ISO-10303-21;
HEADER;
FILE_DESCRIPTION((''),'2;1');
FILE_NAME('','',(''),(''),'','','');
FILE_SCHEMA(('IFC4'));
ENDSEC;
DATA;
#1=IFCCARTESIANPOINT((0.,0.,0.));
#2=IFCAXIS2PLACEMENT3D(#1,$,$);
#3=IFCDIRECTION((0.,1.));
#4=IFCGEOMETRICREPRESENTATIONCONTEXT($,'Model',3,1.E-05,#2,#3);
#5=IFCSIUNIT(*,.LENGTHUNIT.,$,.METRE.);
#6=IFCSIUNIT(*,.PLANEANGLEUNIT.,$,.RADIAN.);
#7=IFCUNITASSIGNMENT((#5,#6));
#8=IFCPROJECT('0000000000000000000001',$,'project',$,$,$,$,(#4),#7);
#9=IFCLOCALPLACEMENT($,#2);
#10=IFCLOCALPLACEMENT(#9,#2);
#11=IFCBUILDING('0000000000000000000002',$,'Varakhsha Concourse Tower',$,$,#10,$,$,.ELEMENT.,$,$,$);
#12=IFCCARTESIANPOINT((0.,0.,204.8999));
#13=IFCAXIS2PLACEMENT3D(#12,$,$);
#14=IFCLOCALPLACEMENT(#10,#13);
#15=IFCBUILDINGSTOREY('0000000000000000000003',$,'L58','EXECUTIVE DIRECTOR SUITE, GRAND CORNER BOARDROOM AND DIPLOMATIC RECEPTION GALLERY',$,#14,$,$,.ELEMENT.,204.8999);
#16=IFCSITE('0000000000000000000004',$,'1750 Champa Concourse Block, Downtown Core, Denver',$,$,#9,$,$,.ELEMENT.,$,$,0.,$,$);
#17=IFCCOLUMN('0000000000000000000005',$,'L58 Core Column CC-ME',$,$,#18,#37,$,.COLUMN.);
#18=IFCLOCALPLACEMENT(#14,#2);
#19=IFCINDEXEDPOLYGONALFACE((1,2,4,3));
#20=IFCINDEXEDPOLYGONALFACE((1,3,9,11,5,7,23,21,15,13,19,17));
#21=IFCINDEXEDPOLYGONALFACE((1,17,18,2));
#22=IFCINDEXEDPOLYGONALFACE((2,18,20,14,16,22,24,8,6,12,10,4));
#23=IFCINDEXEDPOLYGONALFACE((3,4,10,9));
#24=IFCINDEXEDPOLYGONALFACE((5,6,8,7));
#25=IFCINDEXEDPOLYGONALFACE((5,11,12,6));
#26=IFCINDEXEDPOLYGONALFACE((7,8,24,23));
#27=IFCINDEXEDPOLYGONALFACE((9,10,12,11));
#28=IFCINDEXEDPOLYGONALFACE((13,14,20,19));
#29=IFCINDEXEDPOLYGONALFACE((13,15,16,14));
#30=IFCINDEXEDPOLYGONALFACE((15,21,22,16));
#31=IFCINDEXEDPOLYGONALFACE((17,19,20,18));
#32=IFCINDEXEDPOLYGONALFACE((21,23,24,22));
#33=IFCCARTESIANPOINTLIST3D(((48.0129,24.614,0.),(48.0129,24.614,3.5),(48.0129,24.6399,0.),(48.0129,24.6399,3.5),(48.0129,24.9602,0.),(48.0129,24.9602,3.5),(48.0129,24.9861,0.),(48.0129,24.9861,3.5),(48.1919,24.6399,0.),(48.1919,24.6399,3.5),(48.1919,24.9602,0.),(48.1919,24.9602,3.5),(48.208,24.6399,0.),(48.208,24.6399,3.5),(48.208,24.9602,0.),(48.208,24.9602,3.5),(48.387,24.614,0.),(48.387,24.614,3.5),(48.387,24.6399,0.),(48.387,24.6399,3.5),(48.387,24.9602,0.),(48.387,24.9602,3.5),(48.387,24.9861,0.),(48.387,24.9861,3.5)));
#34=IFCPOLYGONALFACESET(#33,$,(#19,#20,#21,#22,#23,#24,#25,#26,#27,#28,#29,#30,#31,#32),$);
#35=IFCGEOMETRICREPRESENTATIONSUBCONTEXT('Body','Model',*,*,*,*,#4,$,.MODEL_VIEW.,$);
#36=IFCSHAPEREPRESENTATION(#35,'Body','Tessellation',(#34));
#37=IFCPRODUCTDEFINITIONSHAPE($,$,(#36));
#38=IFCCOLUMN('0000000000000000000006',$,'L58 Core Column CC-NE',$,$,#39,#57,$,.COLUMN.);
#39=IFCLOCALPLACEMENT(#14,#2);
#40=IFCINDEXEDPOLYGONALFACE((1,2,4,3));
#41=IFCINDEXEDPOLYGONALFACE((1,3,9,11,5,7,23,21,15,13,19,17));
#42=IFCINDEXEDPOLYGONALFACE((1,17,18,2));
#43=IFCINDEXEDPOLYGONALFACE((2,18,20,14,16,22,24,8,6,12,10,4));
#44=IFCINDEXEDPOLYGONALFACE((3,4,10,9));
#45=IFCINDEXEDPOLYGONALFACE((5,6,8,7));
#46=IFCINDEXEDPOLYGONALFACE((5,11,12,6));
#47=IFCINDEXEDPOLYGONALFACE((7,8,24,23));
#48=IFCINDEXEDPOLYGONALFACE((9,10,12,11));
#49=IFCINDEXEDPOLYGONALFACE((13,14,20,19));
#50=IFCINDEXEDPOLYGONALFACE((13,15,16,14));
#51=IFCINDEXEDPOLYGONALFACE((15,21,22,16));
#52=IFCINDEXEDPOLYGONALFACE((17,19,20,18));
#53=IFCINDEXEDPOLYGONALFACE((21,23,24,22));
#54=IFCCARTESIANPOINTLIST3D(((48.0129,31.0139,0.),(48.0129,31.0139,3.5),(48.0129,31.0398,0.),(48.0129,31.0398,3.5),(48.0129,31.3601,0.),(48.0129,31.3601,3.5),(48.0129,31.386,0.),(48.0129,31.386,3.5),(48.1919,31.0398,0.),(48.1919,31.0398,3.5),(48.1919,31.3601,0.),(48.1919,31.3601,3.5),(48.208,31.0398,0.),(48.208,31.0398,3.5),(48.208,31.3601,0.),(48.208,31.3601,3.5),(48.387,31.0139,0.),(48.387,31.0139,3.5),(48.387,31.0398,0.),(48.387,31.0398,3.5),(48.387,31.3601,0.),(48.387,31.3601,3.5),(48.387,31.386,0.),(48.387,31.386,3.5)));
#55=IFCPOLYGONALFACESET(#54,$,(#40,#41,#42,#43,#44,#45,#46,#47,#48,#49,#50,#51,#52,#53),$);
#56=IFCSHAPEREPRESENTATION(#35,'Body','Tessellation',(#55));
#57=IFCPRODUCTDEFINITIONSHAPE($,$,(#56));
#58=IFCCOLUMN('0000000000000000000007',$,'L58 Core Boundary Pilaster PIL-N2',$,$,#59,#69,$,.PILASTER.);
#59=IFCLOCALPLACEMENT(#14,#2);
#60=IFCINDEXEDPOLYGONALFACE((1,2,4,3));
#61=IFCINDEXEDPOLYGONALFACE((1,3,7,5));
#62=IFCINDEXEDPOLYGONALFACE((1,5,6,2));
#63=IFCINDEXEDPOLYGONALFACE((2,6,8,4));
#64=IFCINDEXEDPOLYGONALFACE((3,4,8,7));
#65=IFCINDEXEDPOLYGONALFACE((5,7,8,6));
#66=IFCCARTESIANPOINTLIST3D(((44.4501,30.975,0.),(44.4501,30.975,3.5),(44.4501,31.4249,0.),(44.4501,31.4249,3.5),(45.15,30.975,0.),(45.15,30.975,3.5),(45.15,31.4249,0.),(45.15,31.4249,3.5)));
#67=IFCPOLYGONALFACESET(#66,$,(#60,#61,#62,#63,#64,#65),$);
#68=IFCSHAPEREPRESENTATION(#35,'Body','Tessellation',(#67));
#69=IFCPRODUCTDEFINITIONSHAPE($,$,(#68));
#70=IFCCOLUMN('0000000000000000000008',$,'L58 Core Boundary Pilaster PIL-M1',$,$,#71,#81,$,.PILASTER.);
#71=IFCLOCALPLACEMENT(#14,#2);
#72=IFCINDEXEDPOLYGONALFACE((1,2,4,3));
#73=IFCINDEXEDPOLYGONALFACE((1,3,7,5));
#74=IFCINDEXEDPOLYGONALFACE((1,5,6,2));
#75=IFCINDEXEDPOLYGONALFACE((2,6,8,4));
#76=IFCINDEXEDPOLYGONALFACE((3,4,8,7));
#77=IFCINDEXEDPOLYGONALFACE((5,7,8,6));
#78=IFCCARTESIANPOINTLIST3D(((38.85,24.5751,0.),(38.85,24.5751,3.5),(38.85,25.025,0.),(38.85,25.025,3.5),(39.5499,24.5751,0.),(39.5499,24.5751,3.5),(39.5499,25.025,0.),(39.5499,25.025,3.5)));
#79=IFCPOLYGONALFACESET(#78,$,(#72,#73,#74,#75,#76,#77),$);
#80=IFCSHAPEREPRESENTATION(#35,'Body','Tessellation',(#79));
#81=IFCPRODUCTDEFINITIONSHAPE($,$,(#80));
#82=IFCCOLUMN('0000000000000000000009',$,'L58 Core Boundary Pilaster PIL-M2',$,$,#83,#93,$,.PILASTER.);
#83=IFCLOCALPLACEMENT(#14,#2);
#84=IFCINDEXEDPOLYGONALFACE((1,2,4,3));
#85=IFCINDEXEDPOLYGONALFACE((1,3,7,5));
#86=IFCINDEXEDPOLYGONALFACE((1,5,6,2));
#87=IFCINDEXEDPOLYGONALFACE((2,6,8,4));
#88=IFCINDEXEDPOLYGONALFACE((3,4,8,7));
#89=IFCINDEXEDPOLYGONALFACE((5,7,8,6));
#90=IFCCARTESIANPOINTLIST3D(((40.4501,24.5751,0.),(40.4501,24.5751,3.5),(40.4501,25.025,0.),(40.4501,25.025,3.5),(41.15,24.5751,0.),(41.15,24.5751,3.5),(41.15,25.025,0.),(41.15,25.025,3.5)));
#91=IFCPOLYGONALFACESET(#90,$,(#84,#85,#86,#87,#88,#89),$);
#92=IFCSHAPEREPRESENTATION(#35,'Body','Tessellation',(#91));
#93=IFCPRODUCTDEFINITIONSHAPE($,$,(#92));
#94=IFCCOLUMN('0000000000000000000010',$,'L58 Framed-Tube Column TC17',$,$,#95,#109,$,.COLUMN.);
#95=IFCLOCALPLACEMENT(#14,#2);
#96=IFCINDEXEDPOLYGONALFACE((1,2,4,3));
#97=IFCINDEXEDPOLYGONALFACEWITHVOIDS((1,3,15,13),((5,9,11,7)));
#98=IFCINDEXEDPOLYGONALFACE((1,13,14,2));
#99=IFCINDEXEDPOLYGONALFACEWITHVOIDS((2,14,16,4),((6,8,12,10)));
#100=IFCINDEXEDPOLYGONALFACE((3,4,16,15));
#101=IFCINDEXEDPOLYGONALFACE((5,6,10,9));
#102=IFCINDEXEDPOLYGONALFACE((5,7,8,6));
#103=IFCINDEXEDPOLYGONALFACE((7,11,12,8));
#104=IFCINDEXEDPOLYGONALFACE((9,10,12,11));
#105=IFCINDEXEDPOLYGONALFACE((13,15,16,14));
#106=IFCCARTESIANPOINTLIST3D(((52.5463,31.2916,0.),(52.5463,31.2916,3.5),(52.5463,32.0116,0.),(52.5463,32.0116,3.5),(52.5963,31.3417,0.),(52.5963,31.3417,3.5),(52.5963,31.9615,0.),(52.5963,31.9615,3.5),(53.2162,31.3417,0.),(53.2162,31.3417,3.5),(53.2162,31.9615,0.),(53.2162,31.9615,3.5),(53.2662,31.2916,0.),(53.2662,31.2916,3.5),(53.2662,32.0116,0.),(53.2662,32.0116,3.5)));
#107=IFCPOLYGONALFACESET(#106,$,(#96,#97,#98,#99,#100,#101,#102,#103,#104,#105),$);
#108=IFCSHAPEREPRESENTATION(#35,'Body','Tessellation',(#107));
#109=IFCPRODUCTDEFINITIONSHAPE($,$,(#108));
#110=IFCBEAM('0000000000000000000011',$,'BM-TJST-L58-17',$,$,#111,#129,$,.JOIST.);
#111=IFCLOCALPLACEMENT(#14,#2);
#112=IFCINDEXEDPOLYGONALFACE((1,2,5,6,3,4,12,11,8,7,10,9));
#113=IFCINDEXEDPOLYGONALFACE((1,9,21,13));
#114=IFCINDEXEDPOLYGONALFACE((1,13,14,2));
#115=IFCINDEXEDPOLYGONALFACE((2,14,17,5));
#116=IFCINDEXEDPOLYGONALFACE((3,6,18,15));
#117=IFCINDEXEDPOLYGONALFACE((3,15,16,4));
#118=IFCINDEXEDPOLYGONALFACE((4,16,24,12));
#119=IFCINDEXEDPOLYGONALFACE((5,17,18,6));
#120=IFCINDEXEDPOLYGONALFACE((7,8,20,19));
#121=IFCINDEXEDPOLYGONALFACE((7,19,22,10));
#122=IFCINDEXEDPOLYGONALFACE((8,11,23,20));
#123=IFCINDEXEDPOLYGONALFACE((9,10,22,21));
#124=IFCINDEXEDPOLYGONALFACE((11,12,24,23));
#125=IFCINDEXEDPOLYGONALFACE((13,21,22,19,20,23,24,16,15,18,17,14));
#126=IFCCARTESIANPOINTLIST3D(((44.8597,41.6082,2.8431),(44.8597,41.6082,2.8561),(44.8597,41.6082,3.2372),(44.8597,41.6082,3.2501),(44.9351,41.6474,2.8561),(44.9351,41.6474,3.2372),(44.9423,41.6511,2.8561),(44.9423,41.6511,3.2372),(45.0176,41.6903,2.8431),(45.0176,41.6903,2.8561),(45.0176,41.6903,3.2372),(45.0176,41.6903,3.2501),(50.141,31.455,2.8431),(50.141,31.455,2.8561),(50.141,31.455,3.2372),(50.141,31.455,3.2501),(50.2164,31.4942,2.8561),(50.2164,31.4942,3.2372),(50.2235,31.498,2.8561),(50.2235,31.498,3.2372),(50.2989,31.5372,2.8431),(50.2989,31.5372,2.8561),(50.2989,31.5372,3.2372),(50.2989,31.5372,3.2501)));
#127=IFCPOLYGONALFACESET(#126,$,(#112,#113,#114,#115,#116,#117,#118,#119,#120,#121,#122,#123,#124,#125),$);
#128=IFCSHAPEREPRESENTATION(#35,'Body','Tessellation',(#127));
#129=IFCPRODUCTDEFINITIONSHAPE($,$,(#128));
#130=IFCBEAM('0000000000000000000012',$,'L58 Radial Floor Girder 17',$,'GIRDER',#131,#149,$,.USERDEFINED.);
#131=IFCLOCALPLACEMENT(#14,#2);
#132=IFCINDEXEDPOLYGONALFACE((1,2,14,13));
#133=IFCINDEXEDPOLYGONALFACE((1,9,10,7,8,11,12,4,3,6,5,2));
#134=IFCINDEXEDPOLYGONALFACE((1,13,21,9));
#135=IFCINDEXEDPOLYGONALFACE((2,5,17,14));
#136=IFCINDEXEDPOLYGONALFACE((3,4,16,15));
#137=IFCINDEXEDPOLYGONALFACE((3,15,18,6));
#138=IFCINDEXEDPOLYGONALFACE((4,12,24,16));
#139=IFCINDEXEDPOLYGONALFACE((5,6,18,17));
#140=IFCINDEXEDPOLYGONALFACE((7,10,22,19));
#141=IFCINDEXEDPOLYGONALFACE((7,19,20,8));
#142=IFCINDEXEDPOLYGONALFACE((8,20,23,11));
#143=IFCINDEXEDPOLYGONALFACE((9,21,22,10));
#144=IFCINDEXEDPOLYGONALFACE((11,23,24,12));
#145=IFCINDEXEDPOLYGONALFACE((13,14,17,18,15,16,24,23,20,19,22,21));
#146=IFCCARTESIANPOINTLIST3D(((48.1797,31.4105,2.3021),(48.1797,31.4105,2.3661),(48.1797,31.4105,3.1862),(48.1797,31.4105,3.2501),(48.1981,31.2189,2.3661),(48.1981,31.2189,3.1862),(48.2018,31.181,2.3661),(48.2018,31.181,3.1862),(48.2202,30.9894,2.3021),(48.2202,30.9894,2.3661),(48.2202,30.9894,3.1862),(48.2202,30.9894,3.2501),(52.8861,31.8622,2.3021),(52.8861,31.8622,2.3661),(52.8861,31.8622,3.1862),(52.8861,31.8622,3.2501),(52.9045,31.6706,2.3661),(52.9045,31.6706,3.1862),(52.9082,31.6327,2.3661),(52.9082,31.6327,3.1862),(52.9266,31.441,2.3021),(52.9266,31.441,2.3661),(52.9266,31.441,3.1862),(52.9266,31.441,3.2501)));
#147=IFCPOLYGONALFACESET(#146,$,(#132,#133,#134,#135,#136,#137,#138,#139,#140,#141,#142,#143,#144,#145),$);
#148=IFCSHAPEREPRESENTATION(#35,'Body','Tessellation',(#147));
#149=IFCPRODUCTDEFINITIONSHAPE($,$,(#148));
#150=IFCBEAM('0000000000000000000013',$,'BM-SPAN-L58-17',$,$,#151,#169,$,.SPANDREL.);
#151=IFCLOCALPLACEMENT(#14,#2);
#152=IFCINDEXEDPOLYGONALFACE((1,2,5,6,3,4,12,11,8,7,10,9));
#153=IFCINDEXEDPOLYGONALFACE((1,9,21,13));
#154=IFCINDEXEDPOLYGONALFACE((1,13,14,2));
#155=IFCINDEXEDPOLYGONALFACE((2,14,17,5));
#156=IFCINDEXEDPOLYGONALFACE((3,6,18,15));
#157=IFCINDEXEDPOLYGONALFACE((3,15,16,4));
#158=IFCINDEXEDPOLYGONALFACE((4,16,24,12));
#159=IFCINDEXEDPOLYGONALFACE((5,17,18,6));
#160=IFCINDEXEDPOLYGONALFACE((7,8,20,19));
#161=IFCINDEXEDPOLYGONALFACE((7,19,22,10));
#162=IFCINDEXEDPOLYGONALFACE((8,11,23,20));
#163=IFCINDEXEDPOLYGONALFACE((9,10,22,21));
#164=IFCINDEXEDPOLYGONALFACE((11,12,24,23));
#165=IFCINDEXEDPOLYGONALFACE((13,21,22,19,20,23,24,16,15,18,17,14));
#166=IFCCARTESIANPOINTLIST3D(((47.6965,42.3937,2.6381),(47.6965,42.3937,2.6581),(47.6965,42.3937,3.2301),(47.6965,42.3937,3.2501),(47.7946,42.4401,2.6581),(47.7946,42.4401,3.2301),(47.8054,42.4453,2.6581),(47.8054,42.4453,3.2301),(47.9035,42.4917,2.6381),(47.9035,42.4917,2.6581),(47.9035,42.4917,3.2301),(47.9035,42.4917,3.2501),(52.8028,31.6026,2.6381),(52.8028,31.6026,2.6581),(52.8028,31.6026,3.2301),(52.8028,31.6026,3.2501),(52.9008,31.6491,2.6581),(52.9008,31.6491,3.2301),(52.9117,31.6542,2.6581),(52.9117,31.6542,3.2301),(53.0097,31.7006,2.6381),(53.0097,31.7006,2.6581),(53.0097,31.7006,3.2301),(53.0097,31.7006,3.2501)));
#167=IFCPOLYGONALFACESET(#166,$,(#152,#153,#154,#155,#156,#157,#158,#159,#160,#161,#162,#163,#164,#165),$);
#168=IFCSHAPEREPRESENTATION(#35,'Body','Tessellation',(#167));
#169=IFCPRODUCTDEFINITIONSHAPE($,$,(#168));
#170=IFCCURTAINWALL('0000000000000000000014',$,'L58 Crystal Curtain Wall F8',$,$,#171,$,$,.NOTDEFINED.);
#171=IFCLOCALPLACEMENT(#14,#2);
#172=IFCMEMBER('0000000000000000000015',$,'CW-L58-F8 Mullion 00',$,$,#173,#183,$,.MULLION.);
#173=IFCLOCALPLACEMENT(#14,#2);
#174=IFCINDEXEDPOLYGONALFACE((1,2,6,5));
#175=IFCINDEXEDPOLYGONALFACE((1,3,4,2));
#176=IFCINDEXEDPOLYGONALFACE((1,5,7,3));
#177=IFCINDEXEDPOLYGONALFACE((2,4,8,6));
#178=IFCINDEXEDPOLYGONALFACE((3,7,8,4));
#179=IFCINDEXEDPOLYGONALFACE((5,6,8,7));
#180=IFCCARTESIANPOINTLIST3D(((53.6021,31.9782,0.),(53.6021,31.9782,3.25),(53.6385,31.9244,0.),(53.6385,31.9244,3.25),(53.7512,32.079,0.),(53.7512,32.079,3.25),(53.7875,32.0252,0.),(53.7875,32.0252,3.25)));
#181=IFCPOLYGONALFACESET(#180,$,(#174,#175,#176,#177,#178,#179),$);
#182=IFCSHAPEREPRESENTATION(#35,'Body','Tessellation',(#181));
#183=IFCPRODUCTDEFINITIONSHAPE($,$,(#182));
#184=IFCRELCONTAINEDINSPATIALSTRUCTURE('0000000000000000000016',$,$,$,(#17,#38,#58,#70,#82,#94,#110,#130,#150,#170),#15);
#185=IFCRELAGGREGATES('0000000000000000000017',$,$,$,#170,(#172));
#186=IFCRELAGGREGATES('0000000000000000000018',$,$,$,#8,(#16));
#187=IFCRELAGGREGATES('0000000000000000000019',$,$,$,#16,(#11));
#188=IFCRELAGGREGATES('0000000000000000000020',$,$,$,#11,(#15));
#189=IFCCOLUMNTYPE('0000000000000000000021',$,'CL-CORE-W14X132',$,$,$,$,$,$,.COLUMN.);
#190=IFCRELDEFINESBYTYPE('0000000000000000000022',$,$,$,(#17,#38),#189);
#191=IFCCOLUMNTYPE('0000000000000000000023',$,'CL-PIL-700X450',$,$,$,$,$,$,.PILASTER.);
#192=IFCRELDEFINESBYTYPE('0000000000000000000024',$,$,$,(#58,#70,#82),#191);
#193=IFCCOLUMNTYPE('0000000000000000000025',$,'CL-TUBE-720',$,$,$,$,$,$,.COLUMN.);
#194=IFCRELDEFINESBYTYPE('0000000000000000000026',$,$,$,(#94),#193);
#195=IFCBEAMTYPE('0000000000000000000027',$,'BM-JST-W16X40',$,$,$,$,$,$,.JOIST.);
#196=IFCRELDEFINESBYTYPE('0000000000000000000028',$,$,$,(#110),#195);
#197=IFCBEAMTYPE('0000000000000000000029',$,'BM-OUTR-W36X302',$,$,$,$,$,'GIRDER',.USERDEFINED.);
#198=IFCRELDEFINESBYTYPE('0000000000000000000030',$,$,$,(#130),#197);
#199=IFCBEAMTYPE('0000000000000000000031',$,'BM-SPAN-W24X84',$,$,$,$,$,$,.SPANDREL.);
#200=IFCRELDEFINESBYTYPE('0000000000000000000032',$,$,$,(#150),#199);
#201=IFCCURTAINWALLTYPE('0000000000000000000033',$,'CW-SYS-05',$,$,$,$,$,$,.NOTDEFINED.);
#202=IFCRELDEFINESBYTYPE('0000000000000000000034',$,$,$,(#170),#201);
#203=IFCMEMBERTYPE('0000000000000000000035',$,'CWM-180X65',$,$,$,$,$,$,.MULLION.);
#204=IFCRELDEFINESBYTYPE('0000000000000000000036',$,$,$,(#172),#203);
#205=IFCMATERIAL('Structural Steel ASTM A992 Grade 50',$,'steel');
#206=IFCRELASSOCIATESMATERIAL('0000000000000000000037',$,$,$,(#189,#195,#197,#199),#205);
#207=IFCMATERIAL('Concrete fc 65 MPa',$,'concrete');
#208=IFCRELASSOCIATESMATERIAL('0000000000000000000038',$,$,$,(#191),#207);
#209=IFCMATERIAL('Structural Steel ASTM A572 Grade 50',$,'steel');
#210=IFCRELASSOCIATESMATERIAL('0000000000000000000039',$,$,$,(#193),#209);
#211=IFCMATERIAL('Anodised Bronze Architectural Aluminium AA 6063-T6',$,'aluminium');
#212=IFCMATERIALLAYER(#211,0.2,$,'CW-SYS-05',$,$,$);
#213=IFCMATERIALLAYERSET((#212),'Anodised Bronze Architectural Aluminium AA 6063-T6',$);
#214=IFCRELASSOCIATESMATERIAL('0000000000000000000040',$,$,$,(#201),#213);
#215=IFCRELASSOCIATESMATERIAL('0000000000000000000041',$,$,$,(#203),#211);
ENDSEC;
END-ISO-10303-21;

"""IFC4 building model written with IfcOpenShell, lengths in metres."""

from ifc_helpers import new_model, si_unit, direction, frame, origin, origin_2d, place, context, subcontext, project, spatial, rectangle, hollow_rectangle, i_section, extrude, source, transform, mapped, material, layer, layer_set, material_profile, profile_set, type_object, type_shapes, element, aggregate, save


model = new_model("IFC4")

# Units and contexts
model_context = context("Model", 3, precision=1e-05, world=origin(), true_north=direction((0.0, 1.0)))
body_context = subcontext(model_context, "Body", "Model", "MODEL_VIEW")
ifc_project = project(units=[si_unit("LENGTHUNIT", "METRE"), si_unit("PLANEANGLEUNIT", "RADIAN")], contexts=[model_context])

# Site, building, storey
site_placement = place(None, origin())
site = spatial("IfcSite", under=ifc_project, at=site_placement, Name="1750 Champa Concourse Block, Downtown Core, Denver", CompositionType="ELEMENT", RefElevation=0.0)
building_placement = place(site_placement, origin())
building = spatial("IfcBuilding", under=site, at=building_placement, Name="Varakhsha Concourse Tower", CompositionType="ELEMENT")
storey_placement = place(building_placement, frame((0.0, 0.0, 204.8999)))
storey = spatial("IfcBuildingStorey", under=building, at=storey_placement, Name="L58", Description="EXECUTIVE DIRECTOR SUITE, GRAND CORNER BOARDROOM AND DIPLOMATIC RECEPTION GALLERY", CompositionType="ELEMENT", Elevation=204.8999)

# Columns
ifc_material_1 = material(Name="Structural Steel ASTM A992 Grade 50", Category="steel")
ifc_material_profile_1 = material_profile(ifc_material_1, i_section(OverallWidth=0.374, OverallDepth=0.3721, WebThickness=0.0161, FlangeThickness=0.0259, at=origin_2d()), Name="W14X132")
ifc_profile_set_1 = profile_set([ifc_material_profile_1], Name="Structural Steel ASTM A992 Grade 50")
column_type_1 = type_object("IfcColumnType", Name="CL-CORE-W14X132", PredefinedType="COLUMN", material=ifc_profile_set_1)
for number, where, z_axis, x_axis, name in (
    (1, (48.2, 24.8, 0.0), (0.0, 0.0, 1.0), (1.0, 0.0, 0.0), "L58 Core Column CC-ME"),
    (2, (48.2, 31.2, 0.0), (0.0, 0.0, 1.0), (1.0, 0.0, 0.0), "L58 Core Column CC-NE"),
):
    element("IfcColumn", number, at=place(storey_placement, frame(where, z_axis=z_axis, x_axis=x_axis)), inside=storey, type_object=column_type_1, Name=name, PredefinedType="COLUMN", context=body_context, shape_type="SweptSolid", body=[
        extrude(i_section(OverallWidth=0.374, OverallDepth=0.3721, WebThickness=0.0161, FlangeThickness=0.0259, at=origin_2d()), origin(), (0.0, 0.0, 1.0), 3.5),
    ])
ifc_material_2 = material(Name="Concrete fc 65 MPa", Category="concrete")
ifc_material_profile_2 = material_profile(ifc_material_2, rectangle(XDim=0.7, YDim=0.45, at=origin_2d()), Name="RC 700x450")
ifc_profile_set_2 = profile_set([ifc_material_profile_2], Name="Concrete fc 65 MPa")
column_type_2 = type_object("IfcColumnType", Name="CL-PIL-700X450", PredefinedType="PILASTER", material=ifc_profile_set_2)
for number, where, z_axis, x_axis, name in (
    (3, (44.8, 31.2, 0.0), (0.0, 0.0, 1.0), (1.0, 0.0, 0.0), "L58 Core Boundary Pilaster PIL-N2"),
    (4, (39.2, 24.8, 0.0), (0.0, 0.0, 1.0), (1.0, 0.0, 0.0), "L58 Core Boundary Pilaster PIL-M1"),
    (5, (40.8, 24.8, 0.0), (0.0, 0.0, 1.0), (1.0, 0.0, 0.0), "L58 Core Boundary Pilaster PIL-M2"),
):
    element("IfcColumn", number, at=place(storey_placement, frame(where, z_axis=z_axis, x_axis=x_axis)), inside=storey, type_object=column_type_2, Name=name, PredefinedType="PILASTER", context=body_context, shape_type="SweptSolid", body=[
        extrude(rectangle(XDim=0.7, YDim=0.45, at=origin_2d()), origin(), (0.0, 0.0, 1.0), 3.5),
    ])
ifc_material_3 = material(Name="Structural Steel ASTM A572 Grade 50", Category="steel")
ifc_material_profile_3 = material_profile(ifc_material_3, hollow_rectangle(XDim=0.72, YDim=0.72, WallThickness=0.05, at=origin_2d()), Name="BOX 720x720x50")
ifc_profile_set_3 = profile_set([ifc_material_profile_3], Name="Structural Steel ASTM A572 Grade 50")
column_type_3 = type_object("IfcColumnType", Name="CL-TUBE-720", PredefinedType="COLUMN", material=ifc_profile_set_3)
column_placement = place(storey_placement, frame((52.9062, 31.6516, 0.0), z_axis=(0.0, 0.0, 1.0), x_axis=(1.0, 0.0, 0.0)))
element("IfcColumn", 6, at=column_placement, inside=storey, type_object=column_type_3, Name="L58 Framed-Tube Column TC17", PredefinedType="COLUMN", context=body_context, shape_type="SweptSolid", body=[
    extrude(hollow_rectangle(XDim=0.72, YDim=0.72, WallThickness=0.05, at=origin_2d()), origin(), (0.0, 0.0, 1.0), 3.5),
])

# Beams
ifc_material_profile_4 = material_profile(ifc_material_1, i_section(OverallWidth=0.178, OverallDepth=0.407, WebThickness=0.0081, FlangeThickness=0.0129, at=origin_2d()), Name="W16X40")
ifc_profile_set_4 = profile_set([ifc_material_profile_4], Name="Structural Steel ASTM A992 Grade 50")
beam_type_1 = type_object("IfcBeamType", Name="BM-JST-W16X40", PredefinedType="JOIST", material=ifc_profile_set_4)
beam_1_placement = place(storey_placement, frame((50.22, 31.4961, 3.0466), z_axis=(-0.461466, 0.887158, 0.0), x_axis=(-0.887158, -0.461466, 0.0)))
element("IfcBeam", 7, at=beam_1_placement, inside=storey, type_object=beam_type_1, Name="BM-TJST-L58-17", PredefinedType="JOIST", context=body_context, shape_type="SweptSolid", body=[
    extrude(i_section(OverallWidth=0.178, OverallDepth=0.407, WebThickness=0.0081, FlangeThickness=0.0129, at=origin_2d()), origin(), (0.0, 0.0, 1.0), 11.4446),
])
ifc_material_profile_5 = material_profile(ifc_material_1, i_section(OverallWidth=0.4231, OverallDepth=0.948, WebThickness=0.0381, FlangeThickness=0.064, at=origin_2d()), Name="W36X302")
ifc_profile_set_5 = profile_set([ifc_material_profile_5], Name="Structural Steel ASTM A992 Grade 50")
beam_type_2 = type_object("IfcBeamType", Name="BM-OUTR-W36X302", ElementType="GIRDER", PredefinedType="USERDEFINED", material=ifc_profile_set_5)
beam_2_placement = place(storey_placement, frame((48.2, 31.2, 2.7761), z_axis=(0.995427, 0.09553, 0.0), x_axis=(-0.09553, 0.995427, 0.0)))
element("IfcBeam", 8, at=beam_2_placement, inside=storey, type_object=beam_type_2, Name="L58 Radial Floor Girder 17", ObjectType="GIRDER", PredefinedType="USERDEFINED", context=body_context, shape_type="SweptSolid", body=[
    extrude(i_section(OverallWidth=0.4231, OverallDepth=0.948, WebThickness=0.0381, FlangeThickness=0.064, at=origin_2d()), origin(), (0.0, 0.0, 1.0), 4.728),
])
ifc_material_profile_6 = material_profile(ifc_material_1, i_section(OverallWidth=0.229, OverallDepth=0.6121, WebThickness=0.012, FlangeThickness=0.02, at=origin_2d()), Name="W24X84")
ifc_profile_set_6 = profile_set([ifc_material_profile_6], Name="Structural Steel ASTM A992 Grade 50")
beam_type_3 = type_object("IfcBeamType", Name="BM-SPAN-W24X84", PredefinedType="SPANDREL", material=ifc_profile_set_6)
beam_3_placement = place(storey_placement, frame((52.9062, 31.6516, 2.9441), z_axis=(-0.427721, 0.903911, 0.0), x_axis=(-0.903911, -0.427721, 0.0)))
element("IfcBeam", 9, at=beam_3_placement, inside=storey, type_object=beam_type_3, Name="BM-SPAN-L58-17", PredefinedType="SPANDREL", context=body_context, shape_type="SweptSolid", body=[
    extrude(i_section(OverallWidth=0.229, OverallDepth=0.6121, WebThickness=0.012, FlangeThickness=0.02, at=origin_2d()), origin(), (0.0, 0.0, 1.0), 11.9382),
])

# Curtain wall, member
ifc_material_4 = material(Name="Anodised Bronze Architectural Aluminium AA 6063-T6", Category="aluminium")
ifc_layer_1 = layer(ifc_material_4, 0.2, Name="CW-SYS-05")
ifc_layer_set_1 = layer_set([ifc_layer_1], Name="Anodised Bronze Architectural Aluminium AA 6063-T6")
curtain_wall_type = type_object("IfcCurtainWallType", Name="CW-SYS-05", PredefinedType="NOTDEFINED", material=ifc_layer_set_1)
curtain_wall_1_placement = place(storey_placement, origin())
curtain_wall_1 = element("IfcCurtainWall", 10, at=curtain_wall_1_placement, inside=storey, type_object=curtain_wall_type, Name="L58 Crystal Curtain Wall F8", PredefinedType="NOTDEFINED")
ifc_material_profile_7 = material_profile(ifc_material_4, rectangle(XDim=0.0649, YDim=0.1799, at=origin_2d()), Name="CWM-180X65")
ifc_profile_set_7 = profile_set([ifc_material_profile_7], Name="Anodised Bronze Architectural Aluminium AA 6063-T6")
member_type_1 = type_object("IfcMemberType", Name="CWM-180X65", PredefinedType="MULLION", material=ifc_profile_set_7)
shared_shape_1 = source(origin(), body_context, "Body", "SweptSolid", [
    extrude(rectangle(XDim=0.0649, YDim=0.1799, at=origin_2d()), origin(), (0.0, 0.0, 1.0), 3.25),
])
type_shapes(member_type_1, [shared_shape_1])
member_1_placement = place(storey_placement, frame((53.6948, 32.0017, 0.0), z_axis=(0.0, 0.0, 1.0), x_axis=(0.559999, -0.828494, 0.0)))
member_1 = element("IfcMember", 11, at=member_1_placement, type_object=member_type_1, Name="CW-L58-F8 Mullion 00", PredefinedType="MULLION", context=body_context, shape_type="MappedRepresentation", body=[
    mapped(shared_shape_1, transform((0.0, 0.0, 0.0), scale=1.0)),
])

aggregate(curtain_wall_1, [member_1])

save(model, "model.ifc")
